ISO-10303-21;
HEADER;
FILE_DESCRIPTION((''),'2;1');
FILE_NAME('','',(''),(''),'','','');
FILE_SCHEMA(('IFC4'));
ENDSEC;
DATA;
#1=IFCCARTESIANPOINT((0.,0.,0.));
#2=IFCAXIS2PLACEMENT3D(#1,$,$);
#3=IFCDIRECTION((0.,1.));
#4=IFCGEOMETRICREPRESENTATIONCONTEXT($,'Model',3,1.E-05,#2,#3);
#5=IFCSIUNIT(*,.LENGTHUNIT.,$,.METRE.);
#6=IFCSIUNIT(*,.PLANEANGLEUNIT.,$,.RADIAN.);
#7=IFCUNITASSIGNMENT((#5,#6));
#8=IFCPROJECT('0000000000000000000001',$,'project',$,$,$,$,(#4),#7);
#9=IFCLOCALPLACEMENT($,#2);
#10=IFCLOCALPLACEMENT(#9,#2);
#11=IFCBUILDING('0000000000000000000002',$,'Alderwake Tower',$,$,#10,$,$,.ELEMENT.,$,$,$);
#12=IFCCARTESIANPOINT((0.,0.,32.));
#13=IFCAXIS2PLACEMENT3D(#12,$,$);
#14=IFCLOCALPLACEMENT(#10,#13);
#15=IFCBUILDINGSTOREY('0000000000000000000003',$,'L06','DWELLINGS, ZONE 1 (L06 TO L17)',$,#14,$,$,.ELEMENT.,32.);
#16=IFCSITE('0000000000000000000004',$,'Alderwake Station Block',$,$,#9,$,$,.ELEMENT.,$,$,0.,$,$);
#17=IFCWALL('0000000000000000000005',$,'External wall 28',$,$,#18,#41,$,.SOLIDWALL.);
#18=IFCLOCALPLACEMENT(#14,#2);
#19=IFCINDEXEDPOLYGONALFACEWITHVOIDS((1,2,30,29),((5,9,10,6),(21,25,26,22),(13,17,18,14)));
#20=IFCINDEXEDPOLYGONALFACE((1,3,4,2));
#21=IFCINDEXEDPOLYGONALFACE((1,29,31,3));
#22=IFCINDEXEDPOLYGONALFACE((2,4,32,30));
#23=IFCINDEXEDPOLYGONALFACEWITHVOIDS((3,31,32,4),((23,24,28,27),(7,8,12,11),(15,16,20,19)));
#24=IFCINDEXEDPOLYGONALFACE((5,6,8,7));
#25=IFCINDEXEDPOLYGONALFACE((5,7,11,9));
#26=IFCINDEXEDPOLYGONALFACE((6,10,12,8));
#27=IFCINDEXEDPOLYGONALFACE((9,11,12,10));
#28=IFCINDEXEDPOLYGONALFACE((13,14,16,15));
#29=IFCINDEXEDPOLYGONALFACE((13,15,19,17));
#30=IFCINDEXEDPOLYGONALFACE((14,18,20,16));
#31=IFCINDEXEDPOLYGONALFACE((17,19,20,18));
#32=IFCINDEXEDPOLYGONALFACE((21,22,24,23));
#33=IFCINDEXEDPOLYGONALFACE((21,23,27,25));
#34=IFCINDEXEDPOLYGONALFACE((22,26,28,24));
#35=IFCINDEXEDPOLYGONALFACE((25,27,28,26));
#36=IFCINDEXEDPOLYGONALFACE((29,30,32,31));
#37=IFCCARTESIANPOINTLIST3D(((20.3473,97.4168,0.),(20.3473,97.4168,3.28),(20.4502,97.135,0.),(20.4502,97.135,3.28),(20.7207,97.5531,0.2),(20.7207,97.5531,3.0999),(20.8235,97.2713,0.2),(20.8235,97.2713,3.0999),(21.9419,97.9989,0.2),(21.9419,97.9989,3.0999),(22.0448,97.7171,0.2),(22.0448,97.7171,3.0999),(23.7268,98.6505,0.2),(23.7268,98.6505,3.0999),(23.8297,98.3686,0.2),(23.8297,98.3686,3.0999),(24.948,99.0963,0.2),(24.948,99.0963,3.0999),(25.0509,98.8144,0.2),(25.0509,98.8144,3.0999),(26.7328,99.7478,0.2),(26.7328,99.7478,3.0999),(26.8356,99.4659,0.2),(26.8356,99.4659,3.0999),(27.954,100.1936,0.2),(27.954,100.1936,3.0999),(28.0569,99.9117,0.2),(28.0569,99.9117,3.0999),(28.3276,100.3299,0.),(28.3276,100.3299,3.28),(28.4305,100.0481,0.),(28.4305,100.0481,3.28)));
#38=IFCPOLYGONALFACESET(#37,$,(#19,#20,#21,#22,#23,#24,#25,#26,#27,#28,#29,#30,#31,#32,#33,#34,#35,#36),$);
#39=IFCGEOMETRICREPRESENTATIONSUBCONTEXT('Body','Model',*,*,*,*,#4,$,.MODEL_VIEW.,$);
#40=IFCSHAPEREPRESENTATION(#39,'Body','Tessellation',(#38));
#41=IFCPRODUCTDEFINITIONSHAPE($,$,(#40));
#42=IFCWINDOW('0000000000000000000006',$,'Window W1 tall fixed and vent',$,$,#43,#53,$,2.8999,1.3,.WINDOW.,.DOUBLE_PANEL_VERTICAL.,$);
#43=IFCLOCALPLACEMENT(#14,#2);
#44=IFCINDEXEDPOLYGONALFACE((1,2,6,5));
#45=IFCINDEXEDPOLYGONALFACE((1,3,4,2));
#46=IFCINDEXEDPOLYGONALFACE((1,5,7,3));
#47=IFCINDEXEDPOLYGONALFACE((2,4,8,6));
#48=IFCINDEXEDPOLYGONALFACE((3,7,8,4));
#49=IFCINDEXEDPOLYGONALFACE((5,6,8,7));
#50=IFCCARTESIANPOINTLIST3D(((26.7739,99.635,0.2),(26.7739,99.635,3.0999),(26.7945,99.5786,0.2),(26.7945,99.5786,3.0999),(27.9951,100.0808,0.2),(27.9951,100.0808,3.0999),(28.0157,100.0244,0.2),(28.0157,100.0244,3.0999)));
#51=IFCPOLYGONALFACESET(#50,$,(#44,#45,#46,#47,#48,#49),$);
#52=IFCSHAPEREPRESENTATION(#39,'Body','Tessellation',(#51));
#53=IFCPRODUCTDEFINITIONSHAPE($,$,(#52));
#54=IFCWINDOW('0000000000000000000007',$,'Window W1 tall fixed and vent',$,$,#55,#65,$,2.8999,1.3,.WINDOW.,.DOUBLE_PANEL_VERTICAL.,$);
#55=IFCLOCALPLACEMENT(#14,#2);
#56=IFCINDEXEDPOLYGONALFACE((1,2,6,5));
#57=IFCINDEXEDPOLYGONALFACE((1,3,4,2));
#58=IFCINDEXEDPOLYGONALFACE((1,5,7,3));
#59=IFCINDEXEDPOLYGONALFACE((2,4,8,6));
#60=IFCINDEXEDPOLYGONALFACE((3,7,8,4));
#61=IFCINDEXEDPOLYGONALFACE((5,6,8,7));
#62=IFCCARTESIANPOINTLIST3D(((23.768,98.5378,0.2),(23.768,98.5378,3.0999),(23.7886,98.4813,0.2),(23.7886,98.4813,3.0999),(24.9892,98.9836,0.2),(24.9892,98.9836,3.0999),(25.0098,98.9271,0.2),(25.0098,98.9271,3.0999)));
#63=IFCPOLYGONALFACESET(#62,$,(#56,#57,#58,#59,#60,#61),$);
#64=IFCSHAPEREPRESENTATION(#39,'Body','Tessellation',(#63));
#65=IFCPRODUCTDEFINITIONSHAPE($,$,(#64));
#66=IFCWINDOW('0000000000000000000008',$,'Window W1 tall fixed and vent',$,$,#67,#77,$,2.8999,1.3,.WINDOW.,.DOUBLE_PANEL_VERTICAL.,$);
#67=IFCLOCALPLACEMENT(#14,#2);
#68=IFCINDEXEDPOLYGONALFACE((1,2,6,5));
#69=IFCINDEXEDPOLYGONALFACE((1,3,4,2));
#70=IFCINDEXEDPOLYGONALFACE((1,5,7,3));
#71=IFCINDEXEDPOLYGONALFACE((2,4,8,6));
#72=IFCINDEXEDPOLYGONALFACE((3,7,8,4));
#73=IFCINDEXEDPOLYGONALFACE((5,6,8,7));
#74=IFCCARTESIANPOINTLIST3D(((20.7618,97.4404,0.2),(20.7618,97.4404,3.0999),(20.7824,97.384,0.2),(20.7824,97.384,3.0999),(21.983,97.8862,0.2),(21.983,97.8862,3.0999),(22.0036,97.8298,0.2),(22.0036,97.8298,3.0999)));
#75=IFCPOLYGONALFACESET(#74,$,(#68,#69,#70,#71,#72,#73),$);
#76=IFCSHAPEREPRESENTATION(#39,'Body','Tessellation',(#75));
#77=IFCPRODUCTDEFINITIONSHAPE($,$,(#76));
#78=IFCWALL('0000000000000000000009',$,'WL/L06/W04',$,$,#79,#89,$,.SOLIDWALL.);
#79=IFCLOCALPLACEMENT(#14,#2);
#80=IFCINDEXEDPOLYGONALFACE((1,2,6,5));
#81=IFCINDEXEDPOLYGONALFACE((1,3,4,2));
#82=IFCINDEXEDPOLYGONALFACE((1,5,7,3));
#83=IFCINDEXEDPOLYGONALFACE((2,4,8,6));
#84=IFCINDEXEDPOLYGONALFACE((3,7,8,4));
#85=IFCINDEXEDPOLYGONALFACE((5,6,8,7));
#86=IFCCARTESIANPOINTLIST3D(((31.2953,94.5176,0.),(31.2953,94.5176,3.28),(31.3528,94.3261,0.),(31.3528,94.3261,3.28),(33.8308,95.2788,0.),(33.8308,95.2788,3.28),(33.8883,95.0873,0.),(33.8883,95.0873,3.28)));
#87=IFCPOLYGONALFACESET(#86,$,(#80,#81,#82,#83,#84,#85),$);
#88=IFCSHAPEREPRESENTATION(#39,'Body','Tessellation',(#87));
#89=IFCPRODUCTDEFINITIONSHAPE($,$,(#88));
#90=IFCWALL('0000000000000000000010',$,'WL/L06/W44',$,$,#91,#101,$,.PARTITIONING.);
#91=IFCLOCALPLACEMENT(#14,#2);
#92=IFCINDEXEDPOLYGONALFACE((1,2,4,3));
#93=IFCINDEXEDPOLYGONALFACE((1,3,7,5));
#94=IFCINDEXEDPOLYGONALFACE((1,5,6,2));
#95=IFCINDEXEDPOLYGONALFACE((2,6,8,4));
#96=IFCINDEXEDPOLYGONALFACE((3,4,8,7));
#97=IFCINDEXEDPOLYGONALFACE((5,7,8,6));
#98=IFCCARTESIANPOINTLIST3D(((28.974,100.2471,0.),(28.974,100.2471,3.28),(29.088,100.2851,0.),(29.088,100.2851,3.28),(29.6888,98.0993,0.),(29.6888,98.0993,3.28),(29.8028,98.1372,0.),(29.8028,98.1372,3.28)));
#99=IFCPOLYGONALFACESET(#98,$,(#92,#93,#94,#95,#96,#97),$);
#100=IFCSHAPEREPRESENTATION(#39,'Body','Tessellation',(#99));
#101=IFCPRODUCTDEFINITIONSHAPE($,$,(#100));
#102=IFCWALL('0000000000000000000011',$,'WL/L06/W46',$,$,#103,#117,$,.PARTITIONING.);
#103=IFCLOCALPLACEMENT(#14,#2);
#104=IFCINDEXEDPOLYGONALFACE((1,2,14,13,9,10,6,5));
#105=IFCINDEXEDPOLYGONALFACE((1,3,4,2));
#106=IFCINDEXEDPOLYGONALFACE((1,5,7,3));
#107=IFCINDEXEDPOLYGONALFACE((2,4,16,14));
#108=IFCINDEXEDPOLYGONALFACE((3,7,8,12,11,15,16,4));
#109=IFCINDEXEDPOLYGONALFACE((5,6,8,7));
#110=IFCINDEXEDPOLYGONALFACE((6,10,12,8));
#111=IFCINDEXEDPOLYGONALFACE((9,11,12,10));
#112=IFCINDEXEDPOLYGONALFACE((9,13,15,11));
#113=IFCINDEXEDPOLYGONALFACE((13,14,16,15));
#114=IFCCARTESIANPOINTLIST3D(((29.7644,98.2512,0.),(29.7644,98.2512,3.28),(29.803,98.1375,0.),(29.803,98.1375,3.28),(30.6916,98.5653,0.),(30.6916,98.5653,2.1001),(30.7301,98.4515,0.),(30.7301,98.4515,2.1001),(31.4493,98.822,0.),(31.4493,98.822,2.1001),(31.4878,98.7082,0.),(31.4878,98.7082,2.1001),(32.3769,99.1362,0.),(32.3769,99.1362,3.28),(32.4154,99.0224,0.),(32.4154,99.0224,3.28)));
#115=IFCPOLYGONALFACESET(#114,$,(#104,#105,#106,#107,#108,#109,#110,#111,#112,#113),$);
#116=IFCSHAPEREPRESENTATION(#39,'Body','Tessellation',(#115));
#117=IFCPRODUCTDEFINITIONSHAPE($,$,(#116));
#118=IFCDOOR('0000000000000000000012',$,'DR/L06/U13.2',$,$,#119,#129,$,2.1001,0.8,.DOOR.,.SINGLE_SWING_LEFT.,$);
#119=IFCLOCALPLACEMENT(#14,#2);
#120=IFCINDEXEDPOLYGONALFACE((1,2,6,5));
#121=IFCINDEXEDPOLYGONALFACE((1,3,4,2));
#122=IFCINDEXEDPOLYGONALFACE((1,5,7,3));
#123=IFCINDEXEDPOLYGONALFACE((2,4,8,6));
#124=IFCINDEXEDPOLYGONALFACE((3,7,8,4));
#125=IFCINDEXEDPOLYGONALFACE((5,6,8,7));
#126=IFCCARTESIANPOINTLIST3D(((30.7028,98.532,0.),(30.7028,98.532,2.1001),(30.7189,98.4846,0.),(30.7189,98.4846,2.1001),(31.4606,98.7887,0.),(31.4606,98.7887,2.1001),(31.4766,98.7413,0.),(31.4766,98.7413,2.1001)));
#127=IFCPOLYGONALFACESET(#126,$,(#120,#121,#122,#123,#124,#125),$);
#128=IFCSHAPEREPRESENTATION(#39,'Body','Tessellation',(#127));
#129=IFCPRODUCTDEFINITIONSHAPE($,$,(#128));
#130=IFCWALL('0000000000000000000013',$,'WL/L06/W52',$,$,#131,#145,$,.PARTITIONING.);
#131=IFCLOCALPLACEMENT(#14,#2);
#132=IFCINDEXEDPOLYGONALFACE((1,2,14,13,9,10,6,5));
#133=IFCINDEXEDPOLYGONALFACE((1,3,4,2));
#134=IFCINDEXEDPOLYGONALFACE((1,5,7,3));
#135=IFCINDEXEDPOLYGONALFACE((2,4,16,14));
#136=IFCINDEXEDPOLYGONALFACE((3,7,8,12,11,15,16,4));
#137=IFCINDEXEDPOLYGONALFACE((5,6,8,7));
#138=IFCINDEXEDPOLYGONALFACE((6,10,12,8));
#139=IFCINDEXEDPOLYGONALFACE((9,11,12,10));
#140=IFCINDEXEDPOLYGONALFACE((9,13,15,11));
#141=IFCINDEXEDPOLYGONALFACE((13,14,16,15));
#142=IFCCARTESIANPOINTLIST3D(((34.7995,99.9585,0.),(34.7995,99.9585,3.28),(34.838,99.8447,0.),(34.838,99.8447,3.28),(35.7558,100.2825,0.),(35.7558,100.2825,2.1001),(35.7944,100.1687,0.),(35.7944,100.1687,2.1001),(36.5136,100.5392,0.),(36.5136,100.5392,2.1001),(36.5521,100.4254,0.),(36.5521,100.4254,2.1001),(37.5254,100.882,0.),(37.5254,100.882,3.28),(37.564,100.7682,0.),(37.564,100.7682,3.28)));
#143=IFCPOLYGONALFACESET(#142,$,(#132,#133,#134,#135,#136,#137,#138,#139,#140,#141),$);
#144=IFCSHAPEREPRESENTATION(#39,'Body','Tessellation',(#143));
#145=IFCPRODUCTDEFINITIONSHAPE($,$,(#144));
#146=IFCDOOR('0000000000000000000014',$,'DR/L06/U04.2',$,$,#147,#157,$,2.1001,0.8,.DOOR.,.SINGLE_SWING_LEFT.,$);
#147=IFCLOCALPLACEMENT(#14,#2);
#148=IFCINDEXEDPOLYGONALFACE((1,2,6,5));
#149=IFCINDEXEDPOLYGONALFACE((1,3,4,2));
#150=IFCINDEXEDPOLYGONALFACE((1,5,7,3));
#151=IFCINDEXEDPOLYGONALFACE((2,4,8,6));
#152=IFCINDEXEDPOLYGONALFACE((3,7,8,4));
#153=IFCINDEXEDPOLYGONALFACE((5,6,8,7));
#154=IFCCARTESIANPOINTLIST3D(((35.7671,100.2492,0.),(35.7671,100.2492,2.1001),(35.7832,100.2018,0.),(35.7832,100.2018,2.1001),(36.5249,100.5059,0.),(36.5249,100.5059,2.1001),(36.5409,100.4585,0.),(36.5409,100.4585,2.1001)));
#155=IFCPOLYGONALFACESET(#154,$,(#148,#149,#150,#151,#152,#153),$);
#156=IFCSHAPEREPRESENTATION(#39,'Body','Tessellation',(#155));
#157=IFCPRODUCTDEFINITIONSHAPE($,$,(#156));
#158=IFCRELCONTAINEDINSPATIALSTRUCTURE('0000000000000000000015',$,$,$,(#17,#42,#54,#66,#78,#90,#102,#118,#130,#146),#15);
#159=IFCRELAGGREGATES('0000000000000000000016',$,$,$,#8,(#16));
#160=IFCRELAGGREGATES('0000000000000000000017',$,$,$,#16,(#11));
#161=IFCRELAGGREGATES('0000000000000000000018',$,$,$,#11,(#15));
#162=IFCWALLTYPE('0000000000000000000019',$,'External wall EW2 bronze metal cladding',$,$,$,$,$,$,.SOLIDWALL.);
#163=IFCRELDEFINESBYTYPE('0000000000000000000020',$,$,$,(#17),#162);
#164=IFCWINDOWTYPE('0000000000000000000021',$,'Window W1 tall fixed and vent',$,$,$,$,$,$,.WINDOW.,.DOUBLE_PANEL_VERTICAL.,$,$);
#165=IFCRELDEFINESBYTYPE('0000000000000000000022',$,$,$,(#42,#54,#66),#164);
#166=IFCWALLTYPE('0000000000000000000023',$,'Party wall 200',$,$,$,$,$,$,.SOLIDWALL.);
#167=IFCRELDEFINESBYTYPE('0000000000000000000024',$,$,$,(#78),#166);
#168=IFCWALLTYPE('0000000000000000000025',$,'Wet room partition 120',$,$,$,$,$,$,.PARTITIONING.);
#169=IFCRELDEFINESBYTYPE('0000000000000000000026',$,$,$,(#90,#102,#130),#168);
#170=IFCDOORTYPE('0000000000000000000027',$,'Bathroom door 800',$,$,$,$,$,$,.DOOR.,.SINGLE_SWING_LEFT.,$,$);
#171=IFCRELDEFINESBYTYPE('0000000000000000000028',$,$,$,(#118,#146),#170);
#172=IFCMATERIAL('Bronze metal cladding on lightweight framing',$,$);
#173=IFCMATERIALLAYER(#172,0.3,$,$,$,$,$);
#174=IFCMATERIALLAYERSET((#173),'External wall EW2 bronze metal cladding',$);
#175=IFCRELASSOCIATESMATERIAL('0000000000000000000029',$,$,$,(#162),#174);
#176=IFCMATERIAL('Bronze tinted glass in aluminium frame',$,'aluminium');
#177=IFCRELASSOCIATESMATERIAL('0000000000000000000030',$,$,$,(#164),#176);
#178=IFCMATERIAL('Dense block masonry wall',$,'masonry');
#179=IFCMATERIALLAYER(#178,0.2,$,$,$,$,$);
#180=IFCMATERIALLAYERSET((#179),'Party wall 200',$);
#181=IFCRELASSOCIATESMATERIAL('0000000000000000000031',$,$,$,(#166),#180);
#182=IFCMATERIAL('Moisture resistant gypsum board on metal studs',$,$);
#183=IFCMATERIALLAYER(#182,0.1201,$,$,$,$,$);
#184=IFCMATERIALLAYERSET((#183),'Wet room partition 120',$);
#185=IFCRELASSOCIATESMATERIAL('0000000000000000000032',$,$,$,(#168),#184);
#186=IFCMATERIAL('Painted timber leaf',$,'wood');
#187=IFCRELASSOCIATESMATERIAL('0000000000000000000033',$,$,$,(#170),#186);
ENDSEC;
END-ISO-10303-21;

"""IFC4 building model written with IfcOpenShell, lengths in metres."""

from ifc_helpers import new_model, si_unit, direction, frame, frame_2d, origin, place, context, subcontext, project, spatial, rectangle, extrude, material, layer, layer_set, type_object, element, fill, save


model = new_model("IFC4")

# Units and contexts
model_context = context("Model", 3, precision=1e-05, world=origin(), true_north=direction((0.0, 1.0)))
body_context = subcontext(model_context, "Body", "Model", "MODEL_VIEW")
ifc_project = project(units=[si_unit("LENGTHUNIT", "METRE"), si_unit("PLANEANGLEUNIT", "RADIAN")], contexts=[model_context])

# Site, building, storey
site_placement = place(None, origin())
site = spatial("IfcSite", under=ifc_project, at=site_placement, Name="Alderwake Station Block", CompositionType="ELEMENT", RefElevation=0.0)
building_placement = place(site_placement, origin())
building = spatial("IfcBuilding", under=site, at=building_placement, Name="Alderwake Tower", CompositionType="ELEMENT")
storey_placement = place(building_placement, frame((0.0, 0.0, 32.0)))
storey = spatial("IfcBuildingStorey", under=building, at=storey_placement, Name="L06", Description="DWELLINGS, ZONE 1 (L06 TO L17)", CompositionType="ELEMENT", Elevation=32.0)

# Wall, openings, windows
ifc_material_1 = material(Name="Bronze metal cladding on lightweight framing")
ifc_layer_1 = layer(ifc_material_1, 0.3)
ifc_layer_set_1 = layer_set([ifc_layer_1], Name="External wall EW2 bronze metal cladding")
wall_type_1 = type_object("IfcWallType", Name="External wall EW2 bronze metal cladding", PredefinedType="SOLIDWALL", material=ifc_layer_set_1)
ifc_material_2 = material(Name="Bronze tinted glass in aluminium frame", Category="aluminium")
window_type_1 = type_object("IfcWindowType", Name="Window W1 tall fixed and vent", PartitioningType="DOUBLE_PANEL_VERTICAL", PredefinedType="WINDOW", material=ifc_material_2)
wall_1_placement = place(storey_placement, frame((28.3789, 100.189, 0.0), z_axis=(0.0, 0.0, 1.0), x_axis=(-0.93937, -0.342906, 0.0)))
wall_1 = element("IfcWall", 1, at=wall_1_placement, inside=storey, type_object=wall_type_1, Name="External wall 28", PredefinedType="SOLIDWALL", context=body_context, shape_type="SweptSolid", body=[
    extrude(rectangle(XDim=8.4954, YDim=0.3, at=frame_2d((4.2476, 0.0))), origin(), (0.0, 0.0, 1.0), 3.28),
])
opening_1_placement = place(wall_1_placement, frame((0.3977, 0.0, 0.2)))
opening_1 = element("IfcOpeningElement", 2, at=opening_1_placement, cuts=wall_1, PredefinedType="OPENING", context=body_context, shape_type="SweptSolid", body=[
    extrude(rectangle(XDim=1.3, YDim=2.8999, at=frame_2d((0.6499, 1.45))), frame((0.0, 0.1599, 0.0), z_axis=(0.0, -1.0, 0.0), x_axis=(1.0, 0.0, 0.0)), (0.0, 0.0, 1.0), 0.3201),
])
opening_2_placement = place(wall_1_placement, frame((3.5977, 0.0, 0.2)))
opening_2 = element("IfcOpeningElement", 3, at=opening_2_placement, cuts=wall_1, PredefinedType="OPENING", context=body_context, shape_type="SweptSolid", body=[
    extrude(rectangle(XDim=1.3, YDim=2.8999, at=frame_2d((0.6499, 1.45))), frame((0.0, 0.1599, 0.0), z_axis=(0.0, -1.0, 0.0), x_axis=(1.0, 0.0, 0.0)), (0.0, 0.0, 1.0), 0.3201),
])
opening_3_placement = place(wall_1_placement, frame((6.7979, 0.0, 0.2)))
opening_3 = element("IfcOpeningElement", 4, at=opening_3_placement, cuts=wall_1, PredefinedType="OPENING", context=body_context, shape_type="SweptSolid", body=[
    extrude(rectangle(XDim=1.3, YDim=2.8999, at=frame_2d((0.6499, 1.45))), frame((0.0, 0.1599, 0.0), z_axis=(0.0, -1.0, 0.0), x_axis=(1.0, 0.0, 0.0)), (0.0, 0.0, 1.0), 0.3201),
])
window_1_placement = place(opening_1_placement, origin())
window_1 = element("IfcWindow", 5, at=window_1_placement, inside=storey, type_object=window_type_1, Name="Window W1 tall fixed and vent", OverallHeight=2.8999, OverallWidth=1.3, PartitioningType="DOUBLE_PANEL_VERTICAL", PredefinedType="WINDOW", context=body_context, shape_type="SweptSolid", body=[
    extrude(rectangle(XDim=1.3, YDim=2.8999, at=frame_2d((0.6499, 1.45))), frame((0.0, 0.03, 0.0), z_axis=(0.0, -1.0, 0.0), x_axis=(1.0, 0.0, 0.0)), (0.0, 0.0, 1.0), 0.0601),
])
fill(opening_1, window_1)
window_2_placement = place(opening_2_placement, origin())
window_2 = element("IfcWindow", 6, at=window_2_placement, inside=storey, type_object=window_type_1, Name="Window W1 tall fixed and vent", OverallHeight=2.8999, OverallWidth=1.3, PartitioningType="DOUBLE_PANEL_VERTICAL", PredefinedType="WINDOW", context=body_context, shape_type="SweptSolid", body=[
    extrude(rectangle(XDim=1.3, YDim=2.8999, at=frame_2d((0.6499, 1.45))), frame((0.0, 0.03, 0.0), z_axis=(0.0, -1.0, 0.0), x_axis=(1.0, 0.0, 0.0)), (0.0, 0.0, 1.0), 0.0601),
])
fill(opening_2, window_2)
window_3_placement = place(opening_3_placement, origin())
window_3 = element("IfcWindow", 7, at=window_3_placement, inside=storey, type_object=window_type_1, Name="Window W1 tall fixed and vent", OverallHeight=2.8999, OverallWidth=1.3, PartitioningType="DOUBLE_PANEL_VERTICAL", PredefinedType="WINDOW", context=body_context, shape_type="SweptSolid", body=[
    extrude(rectangle(XDim=1.3, YDim=2.8999, at=frame_2d((0.6499, 1.45))), frame((0.0, 0.03, 0.0), z_axis=(0.0, -1.0, 0.0), x_axis=(1.0, 0.0, 0.0)), (0.0, 0.0, 1.0), 0.0601),
])
fill(opening_3, window_3)

# Walls
ifc_material_3 = material(Name="Dense block masonry wall", Category="masonry")
ifc_layer_2 = layer(ifc_material_3, 0.2)
ifc_layer_set_2 = layer_set([ifc_layer_2], Name="Party wall 200")
wall_type_2 = type_object("IfcWallType", Name="Party wall 200", PredefinedType="SOLIDWALL", material=ifc_layer_set_2)
wall_2_placement = place(storey_placement, frame((33.8596, 95.1831, 0.0), z_axis=(0.0, 0.0, 1.0), x_axis=(-0.957763, -0.287559, 0.0)))
element("IfcWall", 8, at=wall_2_placement, inside=storey, type_object=wall_type_2, Name="WL/L06/W04", PredefinedType="SOLIDWALL", context=body_context, shape_type="SweptSolid", body=[
    extrude(rectangle(XDim=2.6472, YDim=0.2, at=frame_2d((1.3237, 0.0))), origin(), (0.0, 0.0, 1.0), 3.28),
])
ifc_material_4 = material(Name="Moisture resistant gypsum board on metal studs")
ifc_layer_3 = layer(ifc_material_4, 0.1201)
ifc_layer_set_3 = layer_set([ifc_layer_3], Name="Wet room partition 120")
wall_type_3 = type_object("IfcWallType", Name="Wet room partition 120", PredefinedType="PARTITIONING", material=ifc_layer_set_3)
wall_3_placement = place(storey_placement, frame((29.031, 100.2661, 0.0), z_axis=(0.0, 0.0, 1.0), x_axis=(0.315775, -0.948834, 0.0)))
element("IfcWall", 9, at=wall_3_placement, inside=storey, type_object=wall_type_3, Name="WL/L06/W44", PredefinedType="PARTITIONING", context=body_context, shape_type="SweptSolid", body=[
    extrude(rectangle(XDim=2.2637, YDim=0.1201, at=frame_2d((1.1318, 0.0))), origin(), (0.0, 0.0, 1.0), 3.28),
])

# Walls, openings, doors
wall_4_placement = place(storey_placement, frame((29.7837, 98.1943, 0.0), z_axis=(0.0, 0.0, 1.0), x_axis=(0.947132, 0.320844, 0.0)))
wall_4 = element("IfcWall", 10, at=wall_4_placement, inside=storey, type_object=wall_type_3, Name="WL/L06/W46", PredefinedType="PARTITIONING", context=body_context, shape_type="SweptSolid", body=[
    extrude(rectangle(XDim=2.7583, YDim=0.1201, at=frame_2d((1.3792, 0.0))), origin(), (0.0, 0.0, 1.0), 3.28),
])
opening_4_placement = place(wall_4_placement, frame((0.979, 0.0, 0.0)))
opening_4 = element("IfcOpeningElement", 11, at=opening_4_placement, cuts=wall_4, PredefinedType="OPENING", context=body_context, shape_type="SweptSolid", body=[
    extrude(rectangle(XDim=0.8, YDim=2.1001, at=frame_2d((0.3999, 1.05))), frame((0.0, 0.0701, 0.0), z_axis=(0.0, -1.0, 0.0), x_axis=(1.0, 0.0, 0.0)), (0.0, 0.0, 1.0), 0.1401),
])
ifc_material_5 = material(Name="Painted timber leaf", Category="wood")
door_type_1 = type_object("IfcDoorType", Name="Bathroom door 800", OperationType="SINGLE_SWING_LEFT", PredefinedType="DOOR", material=ifc_material_5)
door_1_placement = place(opening_4_placement, origin())
door_1 = element("IfcDoor", 12, at=door_1_placement, inside=storey, type_object=door_type_1, Name="DR/L06/U13.2", OperationType="SINGLE_SWING_LEFT", OverallHeight=2.1001, OverallWidth=0.8, PredefinedType="DOOR", context=body_context, shape_type="SweptSolid", body=[
    extrude(rectangle(XDim=0.8, YDim=2.1001, at=frame_2d((0.3999, 1.05))), frame((0.0, 0.0249, 0.0), z_axis=(0.0, -1.0, 0.0), x_axis=(1.0, 0.0, 0.0)), (0.0, 0.0, 1.0), 0.05),
])
fill(opening_4, door_1)
wall_5_placement = place(storey_placement, frame((34.8188, 99.9016, 0.0), z_axis=(0.0, 0.0, 1.0), x_axis=(0.94712, 0.320881, 0.0)))
wall_5 = element("IfcWall", 13, at=wall_5_placement, inside=storey, type_object=wall_type_3, Name="WL/L06/W52", PredefinedType="PARTITIONING", context=body_context, shape_type="SweptSolid", body=[
    extrude(rectangle(XDim=2.8782, YDim=0.1201, at=frame_2d((1.439, 0.0))), origin(), (0.0, 0.0, 1.0), 3.28),
])
opening_5_placement = place(wall_5_placement, frame((1.0098, 0.0, 0.0)))
opening_5 = element("IfcOpeningElement", 14, at=opening_5_placement, cuts=wall_5, PredefinedType="OPENING", context=body_context, shape_type="SweptSolid", body=[
    extrude(rectangle(XDim=0.8, YDim=2.1001, at=frame_2d((0.3999, 1.05))), frame((0.0, 0.0701, 0.0), z_axis=(0.0, -1.0, 0.0), x_axis=(1.0, 0.0, 0.0)), (0.0, 0.0, 1.0), 0.1401),
])
door_2_placement = place(opening_5_placement, origin())
door_2 = element("IfcDoor", 15, at=door_2_placement, inside=storey, type_object=door_type_1, Name="DR/L06/U04.2", OperationType="SINGLE_SWING_LEFT", OverallHeight=2.1001, OverallWidth=0.8, PredefinedType="DOOR", context=body_context, shape_type="SweptSolid", body=[
    extrude(rectangle(XDim=0.8, YDim=2.1001, at=frame_2d((0.3999, 1.05))), frame((0.0, 0.0249, 0.0), z_axis=(0.0, -1.0, 0.0), x_axis=(1.0, 0.0, 0.0)), (0.0, 0.0, 1.0), 0.05),
])
fill(opening_5, door_2)

save(model, "model.ifc")
